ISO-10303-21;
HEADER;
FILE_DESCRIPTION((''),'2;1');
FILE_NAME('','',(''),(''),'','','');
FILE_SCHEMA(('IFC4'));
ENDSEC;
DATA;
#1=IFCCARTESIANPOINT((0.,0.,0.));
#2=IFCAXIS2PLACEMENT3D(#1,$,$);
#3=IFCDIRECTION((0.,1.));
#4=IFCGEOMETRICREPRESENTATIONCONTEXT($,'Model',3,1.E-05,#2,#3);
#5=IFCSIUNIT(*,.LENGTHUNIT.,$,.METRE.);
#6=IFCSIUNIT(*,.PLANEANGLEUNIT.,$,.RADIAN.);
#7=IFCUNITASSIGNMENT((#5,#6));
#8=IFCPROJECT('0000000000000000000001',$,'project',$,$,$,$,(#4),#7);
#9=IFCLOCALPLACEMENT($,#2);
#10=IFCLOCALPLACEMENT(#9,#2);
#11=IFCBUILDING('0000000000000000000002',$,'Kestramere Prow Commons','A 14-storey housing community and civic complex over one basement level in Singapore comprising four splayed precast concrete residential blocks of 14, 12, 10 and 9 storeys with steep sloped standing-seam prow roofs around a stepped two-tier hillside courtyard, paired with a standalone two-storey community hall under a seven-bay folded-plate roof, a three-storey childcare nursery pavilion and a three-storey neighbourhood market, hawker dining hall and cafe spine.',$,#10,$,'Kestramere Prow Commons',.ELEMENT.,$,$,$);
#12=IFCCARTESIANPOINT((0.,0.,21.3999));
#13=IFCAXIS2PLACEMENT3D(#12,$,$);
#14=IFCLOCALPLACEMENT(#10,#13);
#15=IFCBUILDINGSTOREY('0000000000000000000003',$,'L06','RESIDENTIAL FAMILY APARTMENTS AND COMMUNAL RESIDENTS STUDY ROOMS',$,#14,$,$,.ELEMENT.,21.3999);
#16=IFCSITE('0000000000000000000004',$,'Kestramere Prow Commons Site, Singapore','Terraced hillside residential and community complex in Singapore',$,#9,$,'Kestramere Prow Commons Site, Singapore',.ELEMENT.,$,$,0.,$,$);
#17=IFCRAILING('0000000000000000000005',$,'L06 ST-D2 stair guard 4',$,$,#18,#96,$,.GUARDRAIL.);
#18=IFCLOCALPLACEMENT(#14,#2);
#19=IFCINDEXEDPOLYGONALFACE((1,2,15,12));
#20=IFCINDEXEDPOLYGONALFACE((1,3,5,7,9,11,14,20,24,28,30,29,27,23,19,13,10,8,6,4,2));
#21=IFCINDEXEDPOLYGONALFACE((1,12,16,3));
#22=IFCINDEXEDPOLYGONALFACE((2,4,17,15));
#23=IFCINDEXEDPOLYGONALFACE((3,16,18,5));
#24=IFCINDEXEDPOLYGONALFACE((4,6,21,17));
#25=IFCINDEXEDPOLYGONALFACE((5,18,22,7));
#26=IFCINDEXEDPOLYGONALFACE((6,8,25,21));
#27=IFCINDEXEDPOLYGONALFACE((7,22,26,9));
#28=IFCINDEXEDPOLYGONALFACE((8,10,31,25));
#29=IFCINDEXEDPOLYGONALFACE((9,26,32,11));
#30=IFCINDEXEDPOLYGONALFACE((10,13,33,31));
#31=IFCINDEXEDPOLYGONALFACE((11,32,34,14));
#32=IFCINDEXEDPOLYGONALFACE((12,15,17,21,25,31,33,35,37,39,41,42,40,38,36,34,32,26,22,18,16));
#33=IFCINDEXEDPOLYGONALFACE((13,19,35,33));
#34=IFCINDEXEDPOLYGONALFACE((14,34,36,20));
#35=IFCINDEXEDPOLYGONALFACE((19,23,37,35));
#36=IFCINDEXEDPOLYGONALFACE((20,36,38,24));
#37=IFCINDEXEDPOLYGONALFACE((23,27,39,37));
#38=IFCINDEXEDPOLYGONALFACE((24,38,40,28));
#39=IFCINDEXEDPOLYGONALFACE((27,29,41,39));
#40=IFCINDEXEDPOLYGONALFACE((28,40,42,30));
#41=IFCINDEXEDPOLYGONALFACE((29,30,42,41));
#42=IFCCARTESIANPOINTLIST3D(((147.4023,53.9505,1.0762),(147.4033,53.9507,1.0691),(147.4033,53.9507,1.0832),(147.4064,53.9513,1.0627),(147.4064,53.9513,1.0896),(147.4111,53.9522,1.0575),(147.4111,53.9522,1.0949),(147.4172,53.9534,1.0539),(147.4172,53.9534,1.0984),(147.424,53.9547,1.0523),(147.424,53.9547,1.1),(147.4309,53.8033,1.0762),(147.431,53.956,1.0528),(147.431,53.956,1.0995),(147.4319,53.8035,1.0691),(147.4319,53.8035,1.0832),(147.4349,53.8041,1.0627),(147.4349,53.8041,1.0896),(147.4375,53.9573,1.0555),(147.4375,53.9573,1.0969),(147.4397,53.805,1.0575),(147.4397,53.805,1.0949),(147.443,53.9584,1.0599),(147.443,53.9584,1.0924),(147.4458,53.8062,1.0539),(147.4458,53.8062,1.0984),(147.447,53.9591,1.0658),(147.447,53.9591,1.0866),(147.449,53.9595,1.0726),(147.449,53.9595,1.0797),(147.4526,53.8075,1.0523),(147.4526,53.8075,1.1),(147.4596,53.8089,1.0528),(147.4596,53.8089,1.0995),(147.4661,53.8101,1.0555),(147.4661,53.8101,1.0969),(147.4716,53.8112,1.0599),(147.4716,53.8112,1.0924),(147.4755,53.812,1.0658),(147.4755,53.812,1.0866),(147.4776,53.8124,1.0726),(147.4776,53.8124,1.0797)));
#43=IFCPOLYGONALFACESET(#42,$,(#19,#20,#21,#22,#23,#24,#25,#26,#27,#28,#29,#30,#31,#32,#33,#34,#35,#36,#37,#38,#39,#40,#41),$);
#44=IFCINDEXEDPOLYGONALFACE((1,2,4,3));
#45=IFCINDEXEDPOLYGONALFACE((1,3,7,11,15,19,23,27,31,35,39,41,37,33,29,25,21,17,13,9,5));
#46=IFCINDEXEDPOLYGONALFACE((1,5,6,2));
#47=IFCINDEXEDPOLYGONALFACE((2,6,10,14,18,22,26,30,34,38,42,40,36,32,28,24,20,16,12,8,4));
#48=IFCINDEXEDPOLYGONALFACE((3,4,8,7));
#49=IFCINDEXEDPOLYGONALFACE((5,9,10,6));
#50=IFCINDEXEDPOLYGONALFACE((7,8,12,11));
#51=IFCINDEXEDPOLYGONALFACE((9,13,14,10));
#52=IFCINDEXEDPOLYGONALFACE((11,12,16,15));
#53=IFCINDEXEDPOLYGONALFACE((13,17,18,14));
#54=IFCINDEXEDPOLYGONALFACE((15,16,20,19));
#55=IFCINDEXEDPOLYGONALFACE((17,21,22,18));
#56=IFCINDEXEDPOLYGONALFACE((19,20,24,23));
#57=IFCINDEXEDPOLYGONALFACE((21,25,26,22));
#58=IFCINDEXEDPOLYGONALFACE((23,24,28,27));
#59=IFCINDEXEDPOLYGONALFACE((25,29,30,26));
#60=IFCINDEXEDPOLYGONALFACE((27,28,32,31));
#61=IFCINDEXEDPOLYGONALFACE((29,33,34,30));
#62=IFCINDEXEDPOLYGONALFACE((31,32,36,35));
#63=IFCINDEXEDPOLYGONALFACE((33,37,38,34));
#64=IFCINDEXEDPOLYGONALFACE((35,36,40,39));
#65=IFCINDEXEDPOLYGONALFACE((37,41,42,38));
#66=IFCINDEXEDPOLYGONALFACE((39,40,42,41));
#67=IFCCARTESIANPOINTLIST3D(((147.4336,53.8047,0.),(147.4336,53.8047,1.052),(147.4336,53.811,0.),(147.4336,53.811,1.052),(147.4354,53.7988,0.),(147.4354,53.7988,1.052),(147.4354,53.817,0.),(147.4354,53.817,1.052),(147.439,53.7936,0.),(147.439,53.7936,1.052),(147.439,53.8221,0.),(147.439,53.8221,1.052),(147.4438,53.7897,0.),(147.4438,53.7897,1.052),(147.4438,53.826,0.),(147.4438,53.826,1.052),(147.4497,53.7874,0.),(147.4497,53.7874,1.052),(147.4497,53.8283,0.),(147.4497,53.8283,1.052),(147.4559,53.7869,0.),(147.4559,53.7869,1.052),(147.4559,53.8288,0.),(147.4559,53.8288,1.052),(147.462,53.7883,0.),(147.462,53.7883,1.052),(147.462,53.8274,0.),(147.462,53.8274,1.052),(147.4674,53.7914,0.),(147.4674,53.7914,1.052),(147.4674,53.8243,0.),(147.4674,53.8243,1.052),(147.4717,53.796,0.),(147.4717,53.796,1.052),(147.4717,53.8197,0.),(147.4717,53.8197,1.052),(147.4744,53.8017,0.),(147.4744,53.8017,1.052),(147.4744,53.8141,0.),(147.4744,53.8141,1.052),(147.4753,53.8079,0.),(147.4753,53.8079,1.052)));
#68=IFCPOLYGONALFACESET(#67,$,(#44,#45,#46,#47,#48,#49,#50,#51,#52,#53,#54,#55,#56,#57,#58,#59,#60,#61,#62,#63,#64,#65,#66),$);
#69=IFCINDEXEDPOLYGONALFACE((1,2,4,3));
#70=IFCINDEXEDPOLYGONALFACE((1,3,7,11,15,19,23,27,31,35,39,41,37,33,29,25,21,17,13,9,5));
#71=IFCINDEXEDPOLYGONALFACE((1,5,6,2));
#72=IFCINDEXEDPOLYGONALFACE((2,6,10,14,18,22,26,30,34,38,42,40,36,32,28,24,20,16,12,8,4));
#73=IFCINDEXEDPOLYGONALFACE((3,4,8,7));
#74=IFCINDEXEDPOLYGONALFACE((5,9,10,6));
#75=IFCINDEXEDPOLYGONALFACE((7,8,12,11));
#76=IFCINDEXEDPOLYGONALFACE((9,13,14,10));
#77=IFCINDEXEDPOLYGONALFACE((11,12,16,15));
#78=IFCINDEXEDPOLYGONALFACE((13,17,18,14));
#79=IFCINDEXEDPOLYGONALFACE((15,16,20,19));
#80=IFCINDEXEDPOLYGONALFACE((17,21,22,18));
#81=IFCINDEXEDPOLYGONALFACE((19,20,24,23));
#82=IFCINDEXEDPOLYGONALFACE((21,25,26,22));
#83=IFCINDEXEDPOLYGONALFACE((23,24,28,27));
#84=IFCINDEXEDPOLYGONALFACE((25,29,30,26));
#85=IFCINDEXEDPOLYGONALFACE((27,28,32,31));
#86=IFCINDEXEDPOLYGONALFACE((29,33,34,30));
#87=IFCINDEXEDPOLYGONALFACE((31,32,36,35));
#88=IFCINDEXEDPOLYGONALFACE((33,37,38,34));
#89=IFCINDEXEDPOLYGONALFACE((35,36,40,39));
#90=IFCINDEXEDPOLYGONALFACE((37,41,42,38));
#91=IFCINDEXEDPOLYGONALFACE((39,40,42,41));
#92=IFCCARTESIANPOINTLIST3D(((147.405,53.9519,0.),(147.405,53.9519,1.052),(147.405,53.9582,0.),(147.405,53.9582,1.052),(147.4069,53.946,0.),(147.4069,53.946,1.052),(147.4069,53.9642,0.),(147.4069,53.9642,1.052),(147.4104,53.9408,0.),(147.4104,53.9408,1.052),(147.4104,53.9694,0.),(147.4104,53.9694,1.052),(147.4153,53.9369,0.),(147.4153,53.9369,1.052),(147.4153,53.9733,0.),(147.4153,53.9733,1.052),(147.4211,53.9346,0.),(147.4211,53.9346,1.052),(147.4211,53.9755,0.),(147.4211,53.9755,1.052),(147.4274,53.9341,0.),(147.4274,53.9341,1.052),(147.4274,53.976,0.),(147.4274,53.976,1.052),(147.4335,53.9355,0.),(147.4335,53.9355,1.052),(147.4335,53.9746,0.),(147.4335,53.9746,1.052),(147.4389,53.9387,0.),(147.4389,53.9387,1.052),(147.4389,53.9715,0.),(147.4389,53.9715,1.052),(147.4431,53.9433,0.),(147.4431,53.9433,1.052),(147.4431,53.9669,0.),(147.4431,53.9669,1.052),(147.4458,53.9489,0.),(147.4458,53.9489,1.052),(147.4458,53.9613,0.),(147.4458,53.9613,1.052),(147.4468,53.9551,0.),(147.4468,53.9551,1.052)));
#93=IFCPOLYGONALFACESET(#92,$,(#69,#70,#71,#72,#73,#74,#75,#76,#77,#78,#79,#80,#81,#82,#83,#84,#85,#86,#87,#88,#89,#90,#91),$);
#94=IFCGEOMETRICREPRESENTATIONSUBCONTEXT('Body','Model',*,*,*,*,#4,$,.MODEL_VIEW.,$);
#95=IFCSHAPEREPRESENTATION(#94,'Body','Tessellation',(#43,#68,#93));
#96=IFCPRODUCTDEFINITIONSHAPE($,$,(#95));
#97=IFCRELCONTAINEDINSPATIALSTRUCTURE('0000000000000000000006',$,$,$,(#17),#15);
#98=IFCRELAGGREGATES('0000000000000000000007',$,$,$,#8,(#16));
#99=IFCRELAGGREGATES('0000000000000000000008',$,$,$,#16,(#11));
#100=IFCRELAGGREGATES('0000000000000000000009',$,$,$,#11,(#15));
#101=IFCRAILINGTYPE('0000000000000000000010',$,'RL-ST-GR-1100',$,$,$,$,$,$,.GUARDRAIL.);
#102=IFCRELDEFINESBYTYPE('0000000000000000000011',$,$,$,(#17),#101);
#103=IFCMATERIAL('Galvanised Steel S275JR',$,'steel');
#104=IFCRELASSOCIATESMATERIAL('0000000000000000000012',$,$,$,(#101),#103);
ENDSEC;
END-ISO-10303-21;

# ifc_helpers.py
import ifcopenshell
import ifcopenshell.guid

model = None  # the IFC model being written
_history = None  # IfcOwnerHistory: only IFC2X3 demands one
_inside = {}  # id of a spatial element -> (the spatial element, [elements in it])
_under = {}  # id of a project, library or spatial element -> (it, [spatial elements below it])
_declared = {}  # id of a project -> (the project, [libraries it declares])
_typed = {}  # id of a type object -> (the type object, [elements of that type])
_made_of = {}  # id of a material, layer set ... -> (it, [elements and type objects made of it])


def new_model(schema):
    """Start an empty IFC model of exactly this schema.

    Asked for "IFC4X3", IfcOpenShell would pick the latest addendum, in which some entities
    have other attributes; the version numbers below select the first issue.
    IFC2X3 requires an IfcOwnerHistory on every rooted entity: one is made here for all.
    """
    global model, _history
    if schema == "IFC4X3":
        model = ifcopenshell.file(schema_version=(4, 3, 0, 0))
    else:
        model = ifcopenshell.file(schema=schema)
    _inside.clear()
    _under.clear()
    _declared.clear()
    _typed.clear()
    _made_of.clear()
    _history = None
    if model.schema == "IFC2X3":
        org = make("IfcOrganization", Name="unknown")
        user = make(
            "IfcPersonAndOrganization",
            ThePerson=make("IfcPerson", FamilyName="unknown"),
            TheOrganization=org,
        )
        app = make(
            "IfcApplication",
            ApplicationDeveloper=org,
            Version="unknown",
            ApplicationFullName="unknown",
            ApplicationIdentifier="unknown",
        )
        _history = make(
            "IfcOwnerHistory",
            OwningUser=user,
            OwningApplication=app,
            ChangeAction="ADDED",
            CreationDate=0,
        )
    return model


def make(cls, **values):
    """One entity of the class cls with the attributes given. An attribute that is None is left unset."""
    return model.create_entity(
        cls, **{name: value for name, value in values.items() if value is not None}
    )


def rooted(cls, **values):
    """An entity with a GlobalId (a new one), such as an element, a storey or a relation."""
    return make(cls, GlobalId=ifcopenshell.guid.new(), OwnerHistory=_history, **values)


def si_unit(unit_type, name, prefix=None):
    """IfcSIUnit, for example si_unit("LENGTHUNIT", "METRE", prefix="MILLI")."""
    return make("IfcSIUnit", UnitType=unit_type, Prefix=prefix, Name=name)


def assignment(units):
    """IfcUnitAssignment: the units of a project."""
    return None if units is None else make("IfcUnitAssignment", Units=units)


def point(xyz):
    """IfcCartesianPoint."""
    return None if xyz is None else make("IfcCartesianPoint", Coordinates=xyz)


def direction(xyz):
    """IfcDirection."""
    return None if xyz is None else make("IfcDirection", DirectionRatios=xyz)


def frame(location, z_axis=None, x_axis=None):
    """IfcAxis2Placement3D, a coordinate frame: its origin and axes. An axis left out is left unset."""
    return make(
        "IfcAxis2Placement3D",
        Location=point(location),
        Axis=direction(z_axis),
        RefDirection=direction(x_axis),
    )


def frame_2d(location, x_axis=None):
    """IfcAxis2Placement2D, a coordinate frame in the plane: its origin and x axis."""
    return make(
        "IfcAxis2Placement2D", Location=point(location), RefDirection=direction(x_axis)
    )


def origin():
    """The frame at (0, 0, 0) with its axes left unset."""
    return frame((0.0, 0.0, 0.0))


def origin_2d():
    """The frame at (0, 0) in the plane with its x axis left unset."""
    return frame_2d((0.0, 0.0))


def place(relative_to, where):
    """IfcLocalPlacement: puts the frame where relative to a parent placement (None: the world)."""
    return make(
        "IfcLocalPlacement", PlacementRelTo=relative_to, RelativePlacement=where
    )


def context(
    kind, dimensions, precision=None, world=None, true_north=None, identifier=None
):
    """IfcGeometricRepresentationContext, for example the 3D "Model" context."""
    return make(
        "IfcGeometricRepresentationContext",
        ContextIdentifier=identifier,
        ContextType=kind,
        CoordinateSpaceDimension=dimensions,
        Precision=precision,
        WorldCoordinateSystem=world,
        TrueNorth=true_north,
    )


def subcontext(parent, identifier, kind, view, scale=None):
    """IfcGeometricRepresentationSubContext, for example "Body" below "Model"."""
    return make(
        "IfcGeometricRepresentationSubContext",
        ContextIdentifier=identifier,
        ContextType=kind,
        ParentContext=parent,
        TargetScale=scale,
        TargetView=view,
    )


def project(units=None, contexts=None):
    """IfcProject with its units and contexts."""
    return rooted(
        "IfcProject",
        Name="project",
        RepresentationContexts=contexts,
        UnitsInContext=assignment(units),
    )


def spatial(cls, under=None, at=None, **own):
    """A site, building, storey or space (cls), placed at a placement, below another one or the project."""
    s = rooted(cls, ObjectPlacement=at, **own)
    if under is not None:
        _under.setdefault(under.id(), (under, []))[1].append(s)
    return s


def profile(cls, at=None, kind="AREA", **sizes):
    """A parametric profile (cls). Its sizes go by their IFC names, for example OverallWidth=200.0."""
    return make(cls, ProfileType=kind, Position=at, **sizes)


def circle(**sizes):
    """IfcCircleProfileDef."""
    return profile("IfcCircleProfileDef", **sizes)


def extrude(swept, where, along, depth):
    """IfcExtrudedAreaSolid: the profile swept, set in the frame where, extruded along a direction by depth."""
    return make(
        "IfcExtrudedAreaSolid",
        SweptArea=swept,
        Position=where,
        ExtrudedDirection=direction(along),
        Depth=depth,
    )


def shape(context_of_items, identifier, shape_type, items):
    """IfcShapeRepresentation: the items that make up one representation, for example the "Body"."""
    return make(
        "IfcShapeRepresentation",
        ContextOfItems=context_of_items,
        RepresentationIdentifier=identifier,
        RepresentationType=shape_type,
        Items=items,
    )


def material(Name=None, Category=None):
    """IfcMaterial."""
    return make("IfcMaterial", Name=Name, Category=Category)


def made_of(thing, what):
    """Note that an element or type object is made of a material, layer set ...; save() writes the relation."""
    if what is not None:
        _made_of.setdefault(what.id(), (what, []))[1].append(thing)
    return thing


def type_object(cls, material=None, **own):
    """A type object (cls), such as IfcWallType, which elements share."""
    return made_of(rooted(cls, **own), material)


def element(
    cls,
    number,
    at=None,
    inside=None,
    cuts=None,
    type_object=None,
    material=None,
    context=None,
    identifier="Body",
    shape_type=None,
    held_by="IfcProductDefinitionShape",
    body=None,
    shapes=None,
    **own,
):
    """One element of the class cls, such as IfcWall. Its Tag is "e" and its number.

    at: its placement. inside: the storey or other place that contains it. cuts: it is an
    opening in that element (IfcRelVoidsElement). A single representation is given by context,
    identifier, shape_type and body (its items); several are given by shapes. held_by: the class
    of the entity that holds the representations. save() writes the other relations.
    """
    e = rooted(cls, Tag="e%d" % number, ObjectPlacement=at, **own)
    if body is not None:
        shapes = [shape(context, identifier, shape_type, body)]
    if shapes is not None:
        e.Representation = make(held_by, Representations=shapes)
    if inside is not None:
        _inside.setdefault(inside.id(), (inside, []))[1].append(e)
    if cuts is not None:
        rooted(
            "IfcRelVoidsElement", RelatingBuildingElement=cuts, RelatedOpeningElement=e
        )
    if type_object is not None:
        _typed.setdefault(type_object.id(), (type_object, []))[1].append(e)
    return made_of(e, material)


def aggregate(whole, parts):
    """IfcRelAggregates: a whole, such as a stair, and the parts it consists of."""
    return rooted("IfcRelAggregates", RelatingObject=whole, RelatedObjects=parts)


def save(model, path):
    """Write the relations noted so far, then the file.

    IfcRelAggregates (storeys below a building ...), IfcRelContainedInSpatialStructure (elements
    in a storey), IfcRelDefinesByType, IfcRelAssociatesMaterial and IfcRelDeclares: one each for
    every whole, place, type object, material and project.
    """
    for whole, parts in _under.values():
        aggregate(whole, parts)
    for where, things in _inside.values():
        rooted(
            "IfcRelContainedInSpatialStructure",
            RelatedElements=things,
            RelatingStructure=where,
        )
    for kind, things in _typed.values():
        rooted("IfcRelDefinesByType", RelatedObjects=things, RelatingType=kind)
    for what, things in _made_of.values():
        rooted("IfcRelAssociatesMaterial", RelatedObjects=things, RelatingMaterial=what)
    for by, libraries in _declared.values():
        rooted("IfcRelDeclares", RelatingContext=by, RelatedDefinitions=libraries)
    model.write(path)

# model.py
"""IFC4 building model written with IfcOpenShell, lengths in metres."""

from ifc_helpers import new_model, si_unit, direction, frame, origin, origin_2d, place, context, subcontext, project, spatial, circle, extrude, material, type_object, element, save


model = new_model("IFC4")

# Units and contexts
model_context = context("Model", 3, precision=1e-05, world=origin(), true_north=direction((0.0, 1.0)))
body_context = subcontext(model_context, "Body", "Model", "MODEL_VIEW")
ifc_project = project(units=[si_unit("LENGTHUNIT", "METRE"), si_unit("PLANEANGLEUNIT", "RADIAN")], contexts=[model_context])

# Site, building, storey
site_placement = place(None, origin())
site = spatial("IfcSite", under=ifc_project, at=site_placement, Name="Kestramere Prow Commons Site, Singapore", Description="Terraced hillside residential and community complex in Singapore", LongName="Kestramere Prow Commons Site, Singapore", CompositionType="ELEMENT", RefElevation=0.0)
building_placement = place(site_placement, origin())
building = spatial("IfcBuilding", under=site, at=building_placement, Name="Kestramere Prow Commons", Description="A 14-storey housing community and civic complex over one basement level in Singapore comprising four splayed precast concrete residential blocks of 14, 12, 10 and 9 storeys with steep sloped standing-seam prow roofs around a stepped two-tier hillside courtyard, paired with a standalone two-storey community hall under a seven-bay folded-plate roof, a three-storey childcare nursery pavilion and a three-storey neighbourhood market, hawker dining hall and cafe spine.", LongName="Kestramere Prow Commons", CompositionType="ELEMENT")
storey_placement = place(building_placement, frame((0.0, 0.0, 21.3999)))
storey = spatial("IfcBuildingStorey", under=building, at=storey_placement, Name="L06", Description="RESIDENTIAL FAMILY APARTMENTS AND COMMUNAL RESIDENTS STUDY ROOMS", CompositionType="ELEMENT", Elevation=21.3999)

# Railing
ifc_material_1 = material(Name="Galvanised Steel S275JR", Category="steel")
railing_type_1 = type_object("IfcRailingType", Name="RL-ST-GR-1100", PredefinedType="GUARDRAIL", material=ifc_material_1)
railing_1_placement = place(storey_placement, frame((147.4543, 53.8079, 0.0)))
element("IfcRailing", 1, at=railing_1_placement, inside=storey, type_object=railing_type_1, Name="L06 ST-D2 stair guard 4", PredefinedType="GUARDRAIL", context=body_context, shape_type="SweptSolid", body=[
    extrude(circle(Radius=0.0239, at=origin_2d()), frame((0.0, 0.0, 1.0762), z_axis=(-0.190477, 0.981692, 0.0), x_axis=(-0.981692, -0.190477, 0.0)), (0.0, 0.0, 1.0), 0.1499),
    extrude(circle(Radius=0.021, at=origin_2d()), origin(), (0.0, 0.0, 1.0), 1.052),
    extrude(circle(Radius=0.021, at=origin_2d()), frame((-0.0286, 0.1472, 0.0)), (0.0, 0.0, 1.0), 1.052),
])

save(model, "model.ifc")
